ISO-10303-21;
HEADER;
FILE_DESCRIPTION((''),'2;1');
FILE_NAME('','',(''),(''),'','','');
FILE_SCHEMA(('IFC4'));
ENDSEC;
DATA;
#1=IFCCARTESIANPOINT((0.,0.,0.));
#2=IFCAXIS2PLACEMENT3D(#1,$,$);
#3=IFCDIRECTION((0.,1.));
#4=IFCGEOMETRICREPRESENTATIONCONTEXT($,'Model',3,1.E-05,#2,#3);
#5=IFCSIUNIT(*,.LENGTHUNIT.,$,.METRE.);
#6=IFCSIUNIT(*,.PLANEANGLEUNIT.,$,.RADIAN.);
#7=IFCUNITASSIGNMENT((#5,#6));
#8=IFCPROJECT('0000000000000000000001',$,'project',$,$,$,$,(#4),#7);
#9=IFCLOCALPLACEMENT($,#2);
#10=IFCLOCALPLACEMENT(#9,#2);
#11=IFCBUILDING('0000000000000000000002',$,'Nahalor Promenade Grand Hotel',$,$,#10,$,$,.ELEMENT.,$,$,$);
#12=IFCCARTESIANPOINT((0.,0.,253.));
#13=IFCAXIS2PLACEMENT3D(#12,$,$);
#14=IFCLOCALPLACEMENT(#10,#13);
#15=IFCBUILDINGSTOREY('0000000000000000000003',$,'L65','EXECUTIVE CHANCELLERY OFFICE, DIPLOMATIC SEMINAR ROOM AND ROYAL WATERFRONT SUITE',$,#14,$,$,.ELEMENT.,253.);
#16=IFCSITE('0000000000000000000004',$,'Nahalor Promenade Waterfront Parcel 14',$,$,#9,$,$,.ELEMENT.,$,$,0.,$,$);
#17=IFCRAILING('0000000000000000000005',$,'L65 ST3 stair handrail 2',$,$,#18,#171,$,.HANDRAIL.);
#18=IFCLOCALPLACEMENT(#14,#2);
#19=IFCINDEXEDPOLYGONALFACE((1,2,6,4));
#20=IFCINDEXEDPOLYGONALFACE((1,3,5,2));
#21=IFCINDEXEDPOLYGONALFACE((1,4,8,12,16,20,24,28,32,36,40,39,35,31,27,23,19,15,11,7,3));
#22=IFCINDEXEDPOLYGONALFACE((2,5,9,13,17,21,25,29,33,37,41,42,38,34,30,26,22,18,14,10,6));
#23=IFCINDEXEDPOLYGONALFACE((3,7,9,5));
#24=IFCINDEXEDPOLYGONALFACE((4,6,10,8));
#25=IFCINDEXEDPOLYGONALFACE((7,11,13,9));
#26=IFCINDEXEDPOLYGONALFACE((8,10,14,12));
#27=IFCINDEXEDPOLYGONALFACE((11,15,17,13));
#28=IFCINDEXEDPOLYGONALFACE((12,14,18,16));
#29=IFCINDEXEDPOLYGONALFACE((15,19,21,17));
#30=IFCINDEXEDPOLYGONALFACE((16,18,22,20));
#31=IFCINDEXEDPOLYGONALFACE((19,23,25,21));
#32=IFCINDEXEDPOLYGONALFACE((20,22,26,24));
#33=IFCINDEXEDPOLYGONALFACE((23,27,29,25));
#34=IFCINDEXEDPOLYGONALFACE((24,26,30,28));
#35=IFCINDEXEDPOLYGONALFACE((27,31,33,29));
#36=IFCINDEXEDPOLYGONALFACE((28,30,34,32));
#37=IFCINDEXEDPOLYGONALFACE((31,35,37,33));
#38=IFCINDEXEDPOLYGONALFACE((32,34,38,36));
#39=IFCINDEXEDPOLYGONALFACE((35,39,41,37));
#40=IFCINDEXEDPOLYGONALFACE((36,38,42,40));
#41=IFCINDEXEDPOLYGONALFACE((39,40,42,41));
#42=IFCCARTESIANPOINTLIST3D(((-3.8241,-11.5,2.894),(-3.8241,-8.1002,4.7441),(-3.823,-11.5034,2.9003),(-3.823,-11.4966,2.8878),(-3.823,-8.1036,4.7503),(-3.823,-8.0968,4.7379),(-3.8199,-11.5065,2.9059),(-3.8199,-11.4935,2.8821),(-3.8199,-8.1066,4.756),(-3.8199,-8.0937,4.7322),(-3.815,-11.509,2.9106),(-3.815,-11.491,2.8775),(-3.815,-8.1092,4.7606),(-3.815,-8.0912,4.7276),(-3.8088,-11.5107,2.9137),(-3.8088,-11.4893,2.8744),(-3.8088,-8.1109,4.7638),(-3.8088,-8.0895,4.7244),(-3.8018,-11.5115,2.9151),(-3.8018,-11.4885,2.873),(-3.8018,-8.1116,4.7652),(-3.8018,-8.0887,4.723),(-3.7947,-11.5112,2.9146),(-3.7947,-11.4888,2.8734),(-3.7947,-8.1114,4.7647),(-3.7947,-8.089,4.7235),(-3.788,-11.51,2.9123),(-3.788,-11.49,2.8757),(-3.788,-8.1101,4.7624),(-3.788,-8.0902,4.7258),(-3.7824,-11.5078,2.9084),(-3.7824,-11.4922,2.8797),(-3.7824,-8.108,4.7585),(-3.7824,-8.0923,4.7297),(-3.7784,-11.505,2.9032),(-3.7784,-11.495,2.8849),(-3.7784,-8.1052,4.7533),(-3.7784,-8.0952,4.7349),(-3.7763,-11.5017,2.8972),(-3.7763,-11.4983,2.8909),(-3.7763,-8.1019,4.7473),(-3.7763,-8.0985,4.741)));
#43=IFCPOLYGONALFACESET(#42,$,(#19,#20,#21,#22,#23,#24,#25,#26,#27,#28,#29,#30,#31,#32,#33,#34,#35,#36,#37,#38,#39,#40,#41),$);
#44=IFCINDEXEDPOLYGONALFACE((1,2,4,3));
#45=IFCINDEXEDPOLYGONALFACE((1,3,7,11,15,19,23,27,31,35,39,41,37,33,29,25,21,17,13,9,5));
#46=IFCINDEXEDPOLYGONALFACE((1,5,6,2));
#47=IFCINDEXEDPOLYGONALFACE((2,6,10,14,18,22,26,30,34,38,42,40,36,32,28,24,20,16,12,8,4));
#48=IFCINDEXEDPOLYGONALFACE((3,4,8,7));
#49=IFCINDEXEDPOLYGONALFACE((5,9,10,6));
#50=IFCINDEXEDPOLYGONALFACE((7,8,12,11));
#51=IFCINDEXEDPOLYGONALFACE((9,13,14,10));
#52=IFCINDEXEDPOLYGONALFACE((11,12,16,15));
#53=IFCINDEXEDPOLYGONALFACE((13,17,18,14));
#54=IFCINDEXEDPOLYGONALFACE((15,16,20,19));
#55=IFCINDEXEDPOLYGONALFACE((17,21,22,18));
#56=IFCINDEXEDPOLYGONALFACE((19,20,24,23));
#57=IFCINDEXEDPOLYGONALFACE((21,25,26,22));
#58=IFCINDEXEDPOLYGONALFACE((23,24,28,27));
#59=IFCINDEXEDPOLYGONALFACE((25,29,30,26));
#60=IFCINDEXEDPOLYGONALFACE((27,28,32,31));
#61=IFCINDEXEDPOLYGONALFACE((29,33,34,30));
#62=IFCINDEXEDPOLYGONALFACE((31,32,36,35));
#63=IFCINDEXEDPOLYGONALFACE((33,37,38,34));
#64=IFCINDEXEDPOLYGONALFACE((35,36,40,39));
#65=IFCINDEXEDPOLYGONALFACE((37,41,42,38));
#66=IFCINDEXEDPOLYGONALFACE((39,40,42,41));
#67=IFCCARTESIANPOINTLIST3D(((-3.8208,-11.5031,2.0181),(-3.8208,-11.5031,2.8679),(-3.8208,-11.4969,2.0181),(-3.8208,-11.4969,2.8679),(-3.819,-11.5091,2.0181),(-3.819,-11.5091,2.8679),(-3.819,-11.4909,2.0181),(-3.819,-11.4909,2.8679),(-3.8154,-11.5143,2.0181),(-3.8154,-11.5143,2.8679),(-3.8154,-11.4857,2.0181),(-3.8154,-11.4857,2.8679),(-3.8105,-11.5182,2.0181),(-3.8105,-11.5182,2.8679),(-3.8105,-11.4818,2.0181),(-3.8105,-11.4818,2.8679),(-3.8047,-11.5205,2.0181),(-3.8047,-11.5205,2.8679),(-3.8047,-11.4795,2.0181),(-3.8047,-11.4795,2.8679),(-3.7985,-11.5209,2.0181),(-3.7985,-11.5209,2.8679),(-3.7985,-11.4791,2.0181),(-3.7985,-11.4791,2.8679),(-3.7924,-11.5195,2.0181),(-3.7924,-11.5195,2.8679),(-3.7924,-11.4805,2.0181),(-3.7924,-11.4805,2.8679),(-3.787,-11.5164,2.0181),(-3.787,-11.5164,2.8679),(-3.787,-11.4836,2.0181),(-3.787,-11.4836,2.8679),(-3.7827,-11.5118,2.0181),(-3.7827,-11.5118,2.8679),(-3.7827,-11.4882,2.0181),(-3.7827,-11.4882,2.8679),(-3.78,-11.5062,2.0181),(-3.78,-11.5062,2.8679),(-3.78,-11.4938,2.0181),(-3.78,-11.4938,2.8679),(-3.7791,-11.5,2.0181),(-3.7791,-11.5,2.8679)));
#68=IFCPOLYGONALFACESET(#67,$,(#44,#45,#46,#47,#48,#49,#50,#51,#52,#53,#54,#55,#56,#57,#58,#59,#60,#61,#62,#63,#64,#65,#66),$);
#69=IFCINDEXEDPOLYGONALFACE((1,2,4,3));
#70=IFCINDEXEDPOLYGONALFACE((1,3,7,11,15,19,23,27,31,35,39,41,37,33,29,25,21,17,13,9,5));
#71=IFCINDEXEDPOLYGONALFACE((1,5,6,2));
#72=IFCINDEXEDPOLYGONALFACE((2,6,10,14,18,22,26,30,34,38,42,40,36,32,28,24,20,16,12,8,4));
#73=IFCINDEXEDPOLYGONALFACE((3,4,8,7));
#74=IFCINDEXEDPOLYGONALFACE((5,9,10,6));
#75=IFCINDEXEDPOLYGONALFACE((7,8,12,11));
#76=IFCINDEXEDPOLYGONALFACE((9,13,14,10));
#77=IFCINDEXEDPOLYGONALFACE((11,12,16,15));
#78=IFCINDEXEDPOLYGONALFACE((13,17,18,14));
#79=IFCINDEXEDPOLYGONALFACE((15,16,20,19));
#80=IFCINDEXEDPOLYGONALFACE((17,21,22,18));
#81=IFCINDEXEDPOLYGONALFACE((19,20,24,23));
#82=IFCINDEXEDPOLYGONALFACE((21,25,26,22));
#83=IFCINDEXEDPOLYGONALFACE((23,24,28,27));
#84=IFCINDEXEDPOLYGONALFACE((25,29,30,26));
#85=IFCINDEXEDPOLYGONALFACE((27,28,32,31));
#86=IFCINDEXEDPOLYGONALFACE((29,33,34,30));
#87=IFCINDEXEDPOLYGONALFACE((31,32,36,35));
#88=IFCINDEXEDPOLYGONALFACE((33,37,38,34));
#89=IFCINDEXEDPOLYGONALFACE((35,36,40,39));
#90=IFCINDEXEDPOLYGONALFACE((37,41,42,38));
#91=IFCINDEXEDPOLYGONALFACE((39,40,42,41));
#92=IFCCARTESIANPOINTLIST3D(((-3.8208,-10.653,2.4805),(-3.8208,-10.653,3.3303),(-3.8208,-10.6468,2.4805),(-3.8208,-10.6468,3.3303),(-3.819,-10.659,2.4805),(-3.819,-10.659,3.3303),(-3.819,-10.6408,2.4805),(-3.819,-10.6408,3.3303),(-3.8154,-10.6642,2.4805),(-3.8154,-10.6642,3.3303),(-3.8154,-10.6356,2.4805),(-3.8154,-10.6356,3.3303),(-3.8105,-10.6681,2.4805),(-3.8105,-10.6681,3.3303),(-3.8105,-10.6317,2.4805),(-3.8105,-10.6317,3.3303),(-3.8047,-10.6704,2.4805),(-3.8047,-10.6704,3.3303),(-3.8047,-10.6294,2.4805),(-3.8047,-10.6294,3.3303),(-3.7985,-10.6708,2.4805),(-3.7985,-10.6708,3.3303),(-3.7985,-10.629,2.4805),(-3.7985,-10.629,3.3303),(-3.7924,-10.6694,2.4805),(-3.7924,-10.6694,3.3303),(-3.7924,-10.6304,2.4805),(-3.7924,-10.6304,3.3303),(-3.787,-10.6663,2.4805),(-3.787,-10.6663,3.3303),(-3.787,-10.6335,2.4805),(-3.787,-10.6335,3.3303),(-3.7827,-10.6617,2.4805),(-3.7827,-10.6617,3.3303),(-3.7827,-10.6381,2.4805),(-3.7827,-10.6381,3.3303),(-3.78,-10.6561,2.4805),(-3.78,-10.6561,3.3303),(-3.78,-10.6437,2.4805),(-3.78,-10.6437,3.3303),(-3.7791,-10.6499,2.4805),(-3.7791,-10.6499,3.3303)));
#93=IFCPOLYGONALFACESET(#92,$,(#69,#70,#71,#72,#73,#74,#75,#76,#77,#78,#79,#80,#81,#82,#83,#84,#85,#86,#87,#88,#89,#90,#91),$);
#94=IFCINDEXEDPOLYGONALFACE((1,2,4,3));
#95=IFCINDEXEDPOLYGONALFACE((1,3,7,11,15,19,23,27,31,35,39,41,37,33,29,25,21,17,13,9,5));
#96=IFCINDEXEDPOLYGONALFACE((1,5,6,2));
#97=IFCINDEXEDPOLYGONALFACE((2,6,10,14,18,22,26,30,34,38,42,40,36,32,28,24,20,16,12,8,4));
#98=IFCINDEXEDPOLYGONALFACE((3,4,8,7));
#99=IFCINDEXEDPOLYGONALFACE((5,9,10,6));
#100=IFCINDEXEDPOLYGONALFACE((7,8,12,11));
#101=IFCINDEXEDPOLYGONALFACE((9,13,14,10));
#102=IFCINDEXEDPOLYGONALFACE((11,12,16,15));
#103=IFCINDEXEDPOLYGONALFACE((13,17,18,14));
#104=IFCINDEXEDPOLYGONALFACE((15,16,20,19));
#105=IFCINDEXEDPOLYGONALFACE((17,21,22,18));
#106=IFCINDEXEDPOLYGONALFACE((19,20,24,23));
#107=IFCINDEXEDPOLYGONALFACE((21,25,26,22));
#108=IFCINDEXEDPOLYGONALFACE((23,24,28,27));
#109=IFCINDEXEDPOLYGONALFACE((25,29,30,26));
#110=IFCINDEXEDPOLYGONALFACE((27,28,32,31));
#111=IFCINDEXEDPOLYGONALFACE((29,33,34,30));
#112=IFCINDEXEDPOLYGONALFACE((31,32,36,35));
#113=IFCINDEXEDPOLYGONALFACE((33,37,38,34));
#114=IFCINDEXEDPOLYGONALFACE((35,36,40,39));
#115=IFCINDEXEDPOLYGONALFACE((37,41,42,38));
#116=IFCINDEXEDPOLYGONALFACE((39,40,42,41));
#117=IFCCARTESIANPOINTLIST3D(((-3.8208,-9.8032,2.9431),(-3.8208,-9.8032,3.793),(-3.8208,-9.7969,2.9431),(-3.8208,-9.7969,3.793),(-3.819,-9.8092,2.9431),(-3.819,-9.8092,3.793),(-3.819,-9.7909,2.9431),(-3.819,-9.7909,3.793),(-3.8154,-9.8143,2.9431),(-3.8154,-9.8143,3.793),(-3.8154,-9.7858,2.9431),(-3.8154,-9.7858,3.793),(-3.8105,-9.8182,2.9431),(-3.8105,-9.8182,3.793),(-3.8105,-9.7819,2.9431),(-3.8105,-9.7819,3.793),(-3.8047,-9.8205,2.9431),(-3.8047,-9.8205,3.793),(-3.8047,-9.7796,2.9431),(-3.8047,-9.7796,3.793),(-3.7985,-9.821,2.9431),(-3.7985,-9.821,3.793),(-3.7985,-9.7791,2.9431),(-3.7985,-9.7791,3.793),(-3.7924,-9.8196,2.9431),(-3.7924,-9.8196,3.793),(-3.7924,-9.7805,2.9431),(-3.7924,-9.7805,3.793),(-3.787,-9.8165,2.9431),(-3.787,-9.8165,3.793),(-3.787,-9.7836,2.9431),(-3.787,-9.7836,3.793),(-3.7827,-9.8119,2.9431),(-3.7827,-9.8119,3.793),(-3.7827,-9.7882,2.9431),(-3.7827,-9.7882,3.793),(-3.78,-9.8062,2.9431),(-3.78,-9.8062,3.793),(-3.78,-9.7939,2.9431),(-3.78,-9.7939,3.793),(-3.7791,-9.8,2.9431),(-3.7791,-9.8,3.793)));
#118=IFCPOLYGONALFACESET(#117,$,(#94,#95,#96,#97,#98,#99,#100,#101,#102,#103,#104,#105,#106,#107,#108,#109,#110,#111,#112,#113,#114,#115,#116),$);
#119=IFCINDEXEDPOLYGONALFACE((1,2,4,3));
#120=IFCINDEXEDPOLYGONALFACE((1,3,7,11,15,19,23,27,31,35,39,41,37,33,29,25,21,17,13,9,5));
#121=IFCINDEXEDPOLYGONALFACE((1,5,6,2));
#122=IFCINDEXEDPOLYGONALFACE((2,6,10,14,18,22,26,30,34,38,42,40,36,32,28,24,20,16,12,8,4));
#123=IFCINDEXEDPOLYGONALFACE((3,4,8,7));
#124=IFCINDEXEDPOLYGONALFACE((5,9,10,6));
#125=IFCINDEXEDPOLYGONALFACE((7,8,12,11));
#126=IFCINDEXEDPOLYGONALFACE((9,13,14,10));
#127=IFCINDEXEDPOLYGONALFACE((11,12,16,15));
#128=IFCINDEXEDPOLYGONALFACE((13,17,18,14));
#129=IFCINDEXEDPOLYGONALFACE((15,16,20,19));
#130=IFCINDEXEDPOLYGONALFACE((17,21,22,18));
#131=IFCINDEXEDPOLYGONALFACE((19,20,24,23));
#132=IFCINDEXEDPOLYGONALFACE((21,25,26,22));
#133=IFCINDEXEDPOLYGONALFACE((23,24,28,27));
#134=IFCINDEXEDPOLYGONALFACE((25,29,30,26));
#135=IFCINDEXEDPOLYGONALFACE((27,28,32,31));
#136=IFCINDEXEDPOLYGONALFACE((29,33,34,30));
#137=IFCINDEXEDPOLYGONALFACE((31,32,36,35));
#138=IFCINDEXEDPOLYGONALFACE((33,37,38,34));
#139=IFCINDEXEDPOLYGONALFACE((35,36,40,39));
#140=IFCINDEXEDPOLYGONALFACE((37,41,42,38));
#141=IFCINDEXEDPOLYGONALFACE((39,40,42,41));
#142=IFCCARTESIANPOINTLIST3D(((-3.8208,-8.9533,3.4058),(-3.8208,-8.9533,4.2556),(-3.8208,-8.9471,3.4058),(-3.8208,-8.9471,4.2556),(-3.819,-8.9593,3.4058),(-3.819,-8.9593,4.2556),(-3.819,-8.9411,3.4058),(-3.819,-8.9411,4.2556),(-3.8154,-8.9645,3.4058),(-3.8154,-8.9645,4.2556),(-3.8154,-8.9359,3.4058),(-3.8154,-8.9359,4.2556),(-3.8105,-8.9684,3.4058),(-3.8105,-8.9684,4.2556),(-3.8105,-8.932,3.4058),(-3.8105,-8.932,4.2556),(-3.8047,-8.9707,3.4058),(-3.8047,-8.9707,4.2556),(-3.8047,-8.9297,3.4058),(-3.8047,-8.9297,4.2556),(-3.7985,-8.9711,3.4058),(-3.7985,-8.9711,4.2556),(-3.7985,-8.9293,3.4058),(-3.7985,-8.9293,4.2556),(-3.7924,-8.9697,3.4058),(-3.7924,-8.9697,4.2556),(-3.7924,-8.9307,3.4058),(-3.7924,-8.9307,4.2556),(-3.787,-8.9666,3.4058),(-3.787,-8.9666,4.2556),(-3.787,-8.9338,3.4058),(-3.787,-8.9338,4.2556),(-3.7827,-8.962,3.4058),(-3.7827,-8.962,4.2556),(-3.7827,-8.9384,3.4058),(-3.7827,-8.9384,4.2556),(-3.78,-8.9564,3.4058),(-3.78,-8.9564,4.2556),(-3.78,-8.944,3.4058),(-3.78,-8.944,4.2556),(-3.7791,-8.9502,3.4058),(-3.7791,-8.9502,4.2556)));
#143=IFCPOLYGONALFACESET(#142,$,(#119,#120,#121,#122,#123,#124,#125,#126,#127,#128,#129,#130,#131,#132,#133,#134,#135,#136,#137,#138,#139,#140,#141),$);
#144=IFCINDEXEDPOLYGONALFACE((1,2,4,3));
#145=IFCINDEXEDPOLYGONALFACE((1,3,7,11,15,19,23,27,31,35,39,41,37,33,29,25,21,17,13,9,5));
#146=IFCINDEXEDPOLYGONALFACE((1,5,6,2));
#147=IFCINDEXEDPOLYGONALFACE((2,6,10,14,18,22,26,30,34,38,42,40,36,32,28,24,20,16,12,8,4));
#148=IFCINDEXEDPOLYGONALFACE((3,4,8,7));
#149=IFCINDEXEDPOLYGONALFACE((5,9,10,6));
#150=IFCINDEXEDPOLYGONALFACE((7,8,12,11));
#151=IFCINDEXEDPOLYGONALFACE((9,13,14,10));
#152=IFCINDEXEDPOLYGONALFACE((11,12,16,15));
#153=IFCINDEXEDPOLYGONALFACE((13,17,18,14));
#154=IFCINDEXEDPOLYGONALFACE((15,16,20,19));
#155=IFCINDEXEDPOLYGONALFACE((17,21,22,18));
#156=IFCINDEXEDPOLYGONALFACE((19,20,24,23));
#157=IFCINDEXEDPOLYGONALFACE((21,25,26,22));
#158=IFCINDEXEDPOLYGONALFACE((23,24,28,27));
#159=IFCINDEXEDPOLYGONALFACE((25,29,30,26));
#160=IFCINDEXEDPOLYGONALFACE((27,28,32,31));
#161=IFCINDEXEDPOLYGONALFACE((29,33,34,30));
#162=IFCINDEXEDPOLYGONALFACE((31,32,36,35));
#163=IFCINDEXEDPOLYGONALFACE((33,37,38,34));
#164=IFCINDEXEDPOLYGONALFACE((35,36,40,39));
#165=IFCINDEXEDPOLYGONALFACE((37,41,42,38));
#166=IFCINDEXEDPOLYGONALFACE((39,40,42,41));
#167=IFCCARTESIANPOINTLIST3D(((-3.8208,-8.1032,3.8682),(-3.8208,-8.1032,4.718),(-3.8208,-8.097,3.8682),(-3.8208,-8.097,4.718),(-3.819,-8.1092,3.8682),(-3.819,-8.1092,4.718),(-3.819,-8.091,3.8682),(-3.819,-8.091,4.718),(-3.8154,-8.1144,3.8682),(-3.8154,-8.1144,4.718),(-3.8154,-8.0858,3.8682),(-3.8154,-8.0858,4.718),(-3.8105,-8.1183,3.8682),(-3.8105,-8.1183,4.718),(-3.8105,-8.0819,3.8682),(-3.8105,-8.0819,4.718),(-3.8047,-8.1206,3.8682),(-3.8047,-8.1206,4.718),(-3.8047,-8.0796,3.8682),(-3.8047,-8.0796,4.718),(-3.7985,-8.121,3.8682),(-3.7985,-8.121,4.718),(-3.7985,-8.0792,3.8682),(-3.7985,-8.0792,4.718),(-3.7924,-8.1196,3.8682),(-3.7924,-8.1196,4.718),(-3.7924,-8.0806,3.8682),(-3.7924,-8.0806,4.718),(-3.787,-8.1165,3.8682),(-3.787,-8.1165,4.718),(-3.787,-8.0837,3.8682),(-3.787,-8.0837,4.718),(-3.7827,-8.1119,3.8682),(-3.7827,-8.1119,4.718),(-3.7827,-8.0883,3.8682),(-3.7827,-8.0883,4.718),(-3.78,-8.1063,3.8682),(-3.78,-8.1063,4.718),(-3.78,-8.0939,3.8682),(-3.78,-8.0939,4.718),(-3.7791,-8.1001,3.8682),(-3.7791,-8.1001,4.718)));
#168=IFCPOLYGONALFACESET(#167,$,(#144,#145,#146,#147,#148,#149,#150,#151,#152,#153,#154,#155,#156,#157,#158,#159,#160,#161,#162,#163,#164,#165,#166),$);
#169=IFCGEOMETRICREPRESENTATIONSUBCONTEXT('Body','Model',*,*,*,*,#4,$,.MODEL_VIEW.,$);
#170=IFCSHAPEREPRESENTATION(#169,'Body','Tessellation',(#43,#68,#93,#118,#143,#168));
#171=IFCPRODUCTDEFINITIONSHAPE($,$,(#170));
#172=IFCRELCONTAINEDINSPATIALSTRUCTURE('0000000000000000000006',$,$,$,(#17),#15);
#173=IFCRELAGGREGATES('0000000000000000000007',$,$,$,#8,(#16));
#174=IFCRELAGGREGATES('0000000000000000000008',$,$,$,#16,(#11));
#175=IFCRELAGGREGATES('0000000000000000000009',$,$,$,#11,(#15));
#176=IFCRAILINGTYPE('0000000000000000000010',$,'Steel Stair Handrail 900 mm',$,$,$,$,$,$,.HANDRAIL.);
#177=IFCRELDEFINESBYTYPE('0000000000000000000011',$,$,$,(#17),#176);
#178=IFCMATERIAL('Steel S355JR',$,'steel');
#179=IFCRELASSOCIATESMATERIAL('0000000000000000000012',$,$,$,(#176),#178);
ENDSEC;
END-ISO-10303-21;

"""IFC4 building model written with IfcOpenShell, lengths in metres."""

from ifc_helpers import new_model, si_unit, direction, frame, origin, origin_2d, place, context, subcontext, project, spatial, circle, extrude, material, type_object, element, save


model = new_model("IFC4")

# Units and contexts
model_context = context("Model", 3, precision=1e-05, world=origin(), true_north=direction((0.0, 1.0)))
body_context = subcontext(model_context, "Body", "Model", "MODEL_VIEW")
ifc_project = project(units=[si_unit("LENGTHUNIT", "METRE"), si_unit("PLANEANGLEUNIT", "RADIAN")], contexts=[model_context])

# Site, building, storey
site_placement = place(None, origin())
site = spatial("IfcSite", under=ifc_project, at=site_placement, Name="Nahalor Promenade Waterfront Parcel 14", CompositionType="ELEMENT", RefElevation=0.0)
building_placement = place(site_placement, origin())
building = spatial("IfcBuilding", under=site, at=building_placement, Name="Nahalor Promenade Grand Hotel", CompositionType="ELEMENT")
storey_placement = place(building_placement, frame((0.0, 0.0, 253.0)))
storey = spatial("IfcBuildingStorey", under=building, at=storey_placement, Name="L65", Description="EXECUTIVE CHANCELLERY OFFICE, DIPLOMATIC SEMINAR ROOM AND ROYAL WATERFRONT SUITE", CompositionType="ELEMENT", Elevation=253.0)

# Shared definitions
ifc_material_1 = material(Name="Steel S355JR", Category="steel")

# Railing
railing_type_1 = type_object("IfcRailingType", Name="Steel Stair Handrail 900 mm", PredefinedType="HANDRAIL", material=ifc_material_1)
railing_1_placement = place(storey_placement, frame((-3.8, -11.5, 2.0181)))
element("IfcRailing", 1, at=railing_1_placement, inside=storey, type_object=railing_type_1, Name="L65 ST3 stair handrail 2", PredefinedType="HANDRAIL", context=body_context, shape_type="SweptSolid", body=[
    extrude(circle(Radius=0.024, at=origin_2d()), frame((0.0, 0.0, 0.876), z_axis=(0.0, 0.878372, 0.477977), x_axis=(-1.0, 0.0, 0.0)), (0.0, 0.0, 1.0), 3.8706),
    extrude(circle(Radius=0.021, at=origin_2d()), origin(), (0.0, 0.0, 1.0), 0.8499),
    extrude(circle(Radius=0.021, at=origin_2d()), frame((0.0, 0.8501, 0.4624)), (0.0, 0.0, 1.0), 0.8499),
    extrude(circle(Radius=0.021, at=origin_2d()), frame((0.0, 1.7, 0.925)), (0.0, 0.0, 1.0), 0.8499),
    extrude(circle(Radius=0.021, at=origin_2d()), frame((0.0, 2.5498, 1.3877)), (0.0, 0.0, 1.0), 0.8499),
    extrude(circle(Radius=0.021, at=origin_2d()), frame((0.0, 3.3999, 1.8501)), (0.0, 0.0, 1.0), 0.8499),
])

save(model, "model.ifc")
